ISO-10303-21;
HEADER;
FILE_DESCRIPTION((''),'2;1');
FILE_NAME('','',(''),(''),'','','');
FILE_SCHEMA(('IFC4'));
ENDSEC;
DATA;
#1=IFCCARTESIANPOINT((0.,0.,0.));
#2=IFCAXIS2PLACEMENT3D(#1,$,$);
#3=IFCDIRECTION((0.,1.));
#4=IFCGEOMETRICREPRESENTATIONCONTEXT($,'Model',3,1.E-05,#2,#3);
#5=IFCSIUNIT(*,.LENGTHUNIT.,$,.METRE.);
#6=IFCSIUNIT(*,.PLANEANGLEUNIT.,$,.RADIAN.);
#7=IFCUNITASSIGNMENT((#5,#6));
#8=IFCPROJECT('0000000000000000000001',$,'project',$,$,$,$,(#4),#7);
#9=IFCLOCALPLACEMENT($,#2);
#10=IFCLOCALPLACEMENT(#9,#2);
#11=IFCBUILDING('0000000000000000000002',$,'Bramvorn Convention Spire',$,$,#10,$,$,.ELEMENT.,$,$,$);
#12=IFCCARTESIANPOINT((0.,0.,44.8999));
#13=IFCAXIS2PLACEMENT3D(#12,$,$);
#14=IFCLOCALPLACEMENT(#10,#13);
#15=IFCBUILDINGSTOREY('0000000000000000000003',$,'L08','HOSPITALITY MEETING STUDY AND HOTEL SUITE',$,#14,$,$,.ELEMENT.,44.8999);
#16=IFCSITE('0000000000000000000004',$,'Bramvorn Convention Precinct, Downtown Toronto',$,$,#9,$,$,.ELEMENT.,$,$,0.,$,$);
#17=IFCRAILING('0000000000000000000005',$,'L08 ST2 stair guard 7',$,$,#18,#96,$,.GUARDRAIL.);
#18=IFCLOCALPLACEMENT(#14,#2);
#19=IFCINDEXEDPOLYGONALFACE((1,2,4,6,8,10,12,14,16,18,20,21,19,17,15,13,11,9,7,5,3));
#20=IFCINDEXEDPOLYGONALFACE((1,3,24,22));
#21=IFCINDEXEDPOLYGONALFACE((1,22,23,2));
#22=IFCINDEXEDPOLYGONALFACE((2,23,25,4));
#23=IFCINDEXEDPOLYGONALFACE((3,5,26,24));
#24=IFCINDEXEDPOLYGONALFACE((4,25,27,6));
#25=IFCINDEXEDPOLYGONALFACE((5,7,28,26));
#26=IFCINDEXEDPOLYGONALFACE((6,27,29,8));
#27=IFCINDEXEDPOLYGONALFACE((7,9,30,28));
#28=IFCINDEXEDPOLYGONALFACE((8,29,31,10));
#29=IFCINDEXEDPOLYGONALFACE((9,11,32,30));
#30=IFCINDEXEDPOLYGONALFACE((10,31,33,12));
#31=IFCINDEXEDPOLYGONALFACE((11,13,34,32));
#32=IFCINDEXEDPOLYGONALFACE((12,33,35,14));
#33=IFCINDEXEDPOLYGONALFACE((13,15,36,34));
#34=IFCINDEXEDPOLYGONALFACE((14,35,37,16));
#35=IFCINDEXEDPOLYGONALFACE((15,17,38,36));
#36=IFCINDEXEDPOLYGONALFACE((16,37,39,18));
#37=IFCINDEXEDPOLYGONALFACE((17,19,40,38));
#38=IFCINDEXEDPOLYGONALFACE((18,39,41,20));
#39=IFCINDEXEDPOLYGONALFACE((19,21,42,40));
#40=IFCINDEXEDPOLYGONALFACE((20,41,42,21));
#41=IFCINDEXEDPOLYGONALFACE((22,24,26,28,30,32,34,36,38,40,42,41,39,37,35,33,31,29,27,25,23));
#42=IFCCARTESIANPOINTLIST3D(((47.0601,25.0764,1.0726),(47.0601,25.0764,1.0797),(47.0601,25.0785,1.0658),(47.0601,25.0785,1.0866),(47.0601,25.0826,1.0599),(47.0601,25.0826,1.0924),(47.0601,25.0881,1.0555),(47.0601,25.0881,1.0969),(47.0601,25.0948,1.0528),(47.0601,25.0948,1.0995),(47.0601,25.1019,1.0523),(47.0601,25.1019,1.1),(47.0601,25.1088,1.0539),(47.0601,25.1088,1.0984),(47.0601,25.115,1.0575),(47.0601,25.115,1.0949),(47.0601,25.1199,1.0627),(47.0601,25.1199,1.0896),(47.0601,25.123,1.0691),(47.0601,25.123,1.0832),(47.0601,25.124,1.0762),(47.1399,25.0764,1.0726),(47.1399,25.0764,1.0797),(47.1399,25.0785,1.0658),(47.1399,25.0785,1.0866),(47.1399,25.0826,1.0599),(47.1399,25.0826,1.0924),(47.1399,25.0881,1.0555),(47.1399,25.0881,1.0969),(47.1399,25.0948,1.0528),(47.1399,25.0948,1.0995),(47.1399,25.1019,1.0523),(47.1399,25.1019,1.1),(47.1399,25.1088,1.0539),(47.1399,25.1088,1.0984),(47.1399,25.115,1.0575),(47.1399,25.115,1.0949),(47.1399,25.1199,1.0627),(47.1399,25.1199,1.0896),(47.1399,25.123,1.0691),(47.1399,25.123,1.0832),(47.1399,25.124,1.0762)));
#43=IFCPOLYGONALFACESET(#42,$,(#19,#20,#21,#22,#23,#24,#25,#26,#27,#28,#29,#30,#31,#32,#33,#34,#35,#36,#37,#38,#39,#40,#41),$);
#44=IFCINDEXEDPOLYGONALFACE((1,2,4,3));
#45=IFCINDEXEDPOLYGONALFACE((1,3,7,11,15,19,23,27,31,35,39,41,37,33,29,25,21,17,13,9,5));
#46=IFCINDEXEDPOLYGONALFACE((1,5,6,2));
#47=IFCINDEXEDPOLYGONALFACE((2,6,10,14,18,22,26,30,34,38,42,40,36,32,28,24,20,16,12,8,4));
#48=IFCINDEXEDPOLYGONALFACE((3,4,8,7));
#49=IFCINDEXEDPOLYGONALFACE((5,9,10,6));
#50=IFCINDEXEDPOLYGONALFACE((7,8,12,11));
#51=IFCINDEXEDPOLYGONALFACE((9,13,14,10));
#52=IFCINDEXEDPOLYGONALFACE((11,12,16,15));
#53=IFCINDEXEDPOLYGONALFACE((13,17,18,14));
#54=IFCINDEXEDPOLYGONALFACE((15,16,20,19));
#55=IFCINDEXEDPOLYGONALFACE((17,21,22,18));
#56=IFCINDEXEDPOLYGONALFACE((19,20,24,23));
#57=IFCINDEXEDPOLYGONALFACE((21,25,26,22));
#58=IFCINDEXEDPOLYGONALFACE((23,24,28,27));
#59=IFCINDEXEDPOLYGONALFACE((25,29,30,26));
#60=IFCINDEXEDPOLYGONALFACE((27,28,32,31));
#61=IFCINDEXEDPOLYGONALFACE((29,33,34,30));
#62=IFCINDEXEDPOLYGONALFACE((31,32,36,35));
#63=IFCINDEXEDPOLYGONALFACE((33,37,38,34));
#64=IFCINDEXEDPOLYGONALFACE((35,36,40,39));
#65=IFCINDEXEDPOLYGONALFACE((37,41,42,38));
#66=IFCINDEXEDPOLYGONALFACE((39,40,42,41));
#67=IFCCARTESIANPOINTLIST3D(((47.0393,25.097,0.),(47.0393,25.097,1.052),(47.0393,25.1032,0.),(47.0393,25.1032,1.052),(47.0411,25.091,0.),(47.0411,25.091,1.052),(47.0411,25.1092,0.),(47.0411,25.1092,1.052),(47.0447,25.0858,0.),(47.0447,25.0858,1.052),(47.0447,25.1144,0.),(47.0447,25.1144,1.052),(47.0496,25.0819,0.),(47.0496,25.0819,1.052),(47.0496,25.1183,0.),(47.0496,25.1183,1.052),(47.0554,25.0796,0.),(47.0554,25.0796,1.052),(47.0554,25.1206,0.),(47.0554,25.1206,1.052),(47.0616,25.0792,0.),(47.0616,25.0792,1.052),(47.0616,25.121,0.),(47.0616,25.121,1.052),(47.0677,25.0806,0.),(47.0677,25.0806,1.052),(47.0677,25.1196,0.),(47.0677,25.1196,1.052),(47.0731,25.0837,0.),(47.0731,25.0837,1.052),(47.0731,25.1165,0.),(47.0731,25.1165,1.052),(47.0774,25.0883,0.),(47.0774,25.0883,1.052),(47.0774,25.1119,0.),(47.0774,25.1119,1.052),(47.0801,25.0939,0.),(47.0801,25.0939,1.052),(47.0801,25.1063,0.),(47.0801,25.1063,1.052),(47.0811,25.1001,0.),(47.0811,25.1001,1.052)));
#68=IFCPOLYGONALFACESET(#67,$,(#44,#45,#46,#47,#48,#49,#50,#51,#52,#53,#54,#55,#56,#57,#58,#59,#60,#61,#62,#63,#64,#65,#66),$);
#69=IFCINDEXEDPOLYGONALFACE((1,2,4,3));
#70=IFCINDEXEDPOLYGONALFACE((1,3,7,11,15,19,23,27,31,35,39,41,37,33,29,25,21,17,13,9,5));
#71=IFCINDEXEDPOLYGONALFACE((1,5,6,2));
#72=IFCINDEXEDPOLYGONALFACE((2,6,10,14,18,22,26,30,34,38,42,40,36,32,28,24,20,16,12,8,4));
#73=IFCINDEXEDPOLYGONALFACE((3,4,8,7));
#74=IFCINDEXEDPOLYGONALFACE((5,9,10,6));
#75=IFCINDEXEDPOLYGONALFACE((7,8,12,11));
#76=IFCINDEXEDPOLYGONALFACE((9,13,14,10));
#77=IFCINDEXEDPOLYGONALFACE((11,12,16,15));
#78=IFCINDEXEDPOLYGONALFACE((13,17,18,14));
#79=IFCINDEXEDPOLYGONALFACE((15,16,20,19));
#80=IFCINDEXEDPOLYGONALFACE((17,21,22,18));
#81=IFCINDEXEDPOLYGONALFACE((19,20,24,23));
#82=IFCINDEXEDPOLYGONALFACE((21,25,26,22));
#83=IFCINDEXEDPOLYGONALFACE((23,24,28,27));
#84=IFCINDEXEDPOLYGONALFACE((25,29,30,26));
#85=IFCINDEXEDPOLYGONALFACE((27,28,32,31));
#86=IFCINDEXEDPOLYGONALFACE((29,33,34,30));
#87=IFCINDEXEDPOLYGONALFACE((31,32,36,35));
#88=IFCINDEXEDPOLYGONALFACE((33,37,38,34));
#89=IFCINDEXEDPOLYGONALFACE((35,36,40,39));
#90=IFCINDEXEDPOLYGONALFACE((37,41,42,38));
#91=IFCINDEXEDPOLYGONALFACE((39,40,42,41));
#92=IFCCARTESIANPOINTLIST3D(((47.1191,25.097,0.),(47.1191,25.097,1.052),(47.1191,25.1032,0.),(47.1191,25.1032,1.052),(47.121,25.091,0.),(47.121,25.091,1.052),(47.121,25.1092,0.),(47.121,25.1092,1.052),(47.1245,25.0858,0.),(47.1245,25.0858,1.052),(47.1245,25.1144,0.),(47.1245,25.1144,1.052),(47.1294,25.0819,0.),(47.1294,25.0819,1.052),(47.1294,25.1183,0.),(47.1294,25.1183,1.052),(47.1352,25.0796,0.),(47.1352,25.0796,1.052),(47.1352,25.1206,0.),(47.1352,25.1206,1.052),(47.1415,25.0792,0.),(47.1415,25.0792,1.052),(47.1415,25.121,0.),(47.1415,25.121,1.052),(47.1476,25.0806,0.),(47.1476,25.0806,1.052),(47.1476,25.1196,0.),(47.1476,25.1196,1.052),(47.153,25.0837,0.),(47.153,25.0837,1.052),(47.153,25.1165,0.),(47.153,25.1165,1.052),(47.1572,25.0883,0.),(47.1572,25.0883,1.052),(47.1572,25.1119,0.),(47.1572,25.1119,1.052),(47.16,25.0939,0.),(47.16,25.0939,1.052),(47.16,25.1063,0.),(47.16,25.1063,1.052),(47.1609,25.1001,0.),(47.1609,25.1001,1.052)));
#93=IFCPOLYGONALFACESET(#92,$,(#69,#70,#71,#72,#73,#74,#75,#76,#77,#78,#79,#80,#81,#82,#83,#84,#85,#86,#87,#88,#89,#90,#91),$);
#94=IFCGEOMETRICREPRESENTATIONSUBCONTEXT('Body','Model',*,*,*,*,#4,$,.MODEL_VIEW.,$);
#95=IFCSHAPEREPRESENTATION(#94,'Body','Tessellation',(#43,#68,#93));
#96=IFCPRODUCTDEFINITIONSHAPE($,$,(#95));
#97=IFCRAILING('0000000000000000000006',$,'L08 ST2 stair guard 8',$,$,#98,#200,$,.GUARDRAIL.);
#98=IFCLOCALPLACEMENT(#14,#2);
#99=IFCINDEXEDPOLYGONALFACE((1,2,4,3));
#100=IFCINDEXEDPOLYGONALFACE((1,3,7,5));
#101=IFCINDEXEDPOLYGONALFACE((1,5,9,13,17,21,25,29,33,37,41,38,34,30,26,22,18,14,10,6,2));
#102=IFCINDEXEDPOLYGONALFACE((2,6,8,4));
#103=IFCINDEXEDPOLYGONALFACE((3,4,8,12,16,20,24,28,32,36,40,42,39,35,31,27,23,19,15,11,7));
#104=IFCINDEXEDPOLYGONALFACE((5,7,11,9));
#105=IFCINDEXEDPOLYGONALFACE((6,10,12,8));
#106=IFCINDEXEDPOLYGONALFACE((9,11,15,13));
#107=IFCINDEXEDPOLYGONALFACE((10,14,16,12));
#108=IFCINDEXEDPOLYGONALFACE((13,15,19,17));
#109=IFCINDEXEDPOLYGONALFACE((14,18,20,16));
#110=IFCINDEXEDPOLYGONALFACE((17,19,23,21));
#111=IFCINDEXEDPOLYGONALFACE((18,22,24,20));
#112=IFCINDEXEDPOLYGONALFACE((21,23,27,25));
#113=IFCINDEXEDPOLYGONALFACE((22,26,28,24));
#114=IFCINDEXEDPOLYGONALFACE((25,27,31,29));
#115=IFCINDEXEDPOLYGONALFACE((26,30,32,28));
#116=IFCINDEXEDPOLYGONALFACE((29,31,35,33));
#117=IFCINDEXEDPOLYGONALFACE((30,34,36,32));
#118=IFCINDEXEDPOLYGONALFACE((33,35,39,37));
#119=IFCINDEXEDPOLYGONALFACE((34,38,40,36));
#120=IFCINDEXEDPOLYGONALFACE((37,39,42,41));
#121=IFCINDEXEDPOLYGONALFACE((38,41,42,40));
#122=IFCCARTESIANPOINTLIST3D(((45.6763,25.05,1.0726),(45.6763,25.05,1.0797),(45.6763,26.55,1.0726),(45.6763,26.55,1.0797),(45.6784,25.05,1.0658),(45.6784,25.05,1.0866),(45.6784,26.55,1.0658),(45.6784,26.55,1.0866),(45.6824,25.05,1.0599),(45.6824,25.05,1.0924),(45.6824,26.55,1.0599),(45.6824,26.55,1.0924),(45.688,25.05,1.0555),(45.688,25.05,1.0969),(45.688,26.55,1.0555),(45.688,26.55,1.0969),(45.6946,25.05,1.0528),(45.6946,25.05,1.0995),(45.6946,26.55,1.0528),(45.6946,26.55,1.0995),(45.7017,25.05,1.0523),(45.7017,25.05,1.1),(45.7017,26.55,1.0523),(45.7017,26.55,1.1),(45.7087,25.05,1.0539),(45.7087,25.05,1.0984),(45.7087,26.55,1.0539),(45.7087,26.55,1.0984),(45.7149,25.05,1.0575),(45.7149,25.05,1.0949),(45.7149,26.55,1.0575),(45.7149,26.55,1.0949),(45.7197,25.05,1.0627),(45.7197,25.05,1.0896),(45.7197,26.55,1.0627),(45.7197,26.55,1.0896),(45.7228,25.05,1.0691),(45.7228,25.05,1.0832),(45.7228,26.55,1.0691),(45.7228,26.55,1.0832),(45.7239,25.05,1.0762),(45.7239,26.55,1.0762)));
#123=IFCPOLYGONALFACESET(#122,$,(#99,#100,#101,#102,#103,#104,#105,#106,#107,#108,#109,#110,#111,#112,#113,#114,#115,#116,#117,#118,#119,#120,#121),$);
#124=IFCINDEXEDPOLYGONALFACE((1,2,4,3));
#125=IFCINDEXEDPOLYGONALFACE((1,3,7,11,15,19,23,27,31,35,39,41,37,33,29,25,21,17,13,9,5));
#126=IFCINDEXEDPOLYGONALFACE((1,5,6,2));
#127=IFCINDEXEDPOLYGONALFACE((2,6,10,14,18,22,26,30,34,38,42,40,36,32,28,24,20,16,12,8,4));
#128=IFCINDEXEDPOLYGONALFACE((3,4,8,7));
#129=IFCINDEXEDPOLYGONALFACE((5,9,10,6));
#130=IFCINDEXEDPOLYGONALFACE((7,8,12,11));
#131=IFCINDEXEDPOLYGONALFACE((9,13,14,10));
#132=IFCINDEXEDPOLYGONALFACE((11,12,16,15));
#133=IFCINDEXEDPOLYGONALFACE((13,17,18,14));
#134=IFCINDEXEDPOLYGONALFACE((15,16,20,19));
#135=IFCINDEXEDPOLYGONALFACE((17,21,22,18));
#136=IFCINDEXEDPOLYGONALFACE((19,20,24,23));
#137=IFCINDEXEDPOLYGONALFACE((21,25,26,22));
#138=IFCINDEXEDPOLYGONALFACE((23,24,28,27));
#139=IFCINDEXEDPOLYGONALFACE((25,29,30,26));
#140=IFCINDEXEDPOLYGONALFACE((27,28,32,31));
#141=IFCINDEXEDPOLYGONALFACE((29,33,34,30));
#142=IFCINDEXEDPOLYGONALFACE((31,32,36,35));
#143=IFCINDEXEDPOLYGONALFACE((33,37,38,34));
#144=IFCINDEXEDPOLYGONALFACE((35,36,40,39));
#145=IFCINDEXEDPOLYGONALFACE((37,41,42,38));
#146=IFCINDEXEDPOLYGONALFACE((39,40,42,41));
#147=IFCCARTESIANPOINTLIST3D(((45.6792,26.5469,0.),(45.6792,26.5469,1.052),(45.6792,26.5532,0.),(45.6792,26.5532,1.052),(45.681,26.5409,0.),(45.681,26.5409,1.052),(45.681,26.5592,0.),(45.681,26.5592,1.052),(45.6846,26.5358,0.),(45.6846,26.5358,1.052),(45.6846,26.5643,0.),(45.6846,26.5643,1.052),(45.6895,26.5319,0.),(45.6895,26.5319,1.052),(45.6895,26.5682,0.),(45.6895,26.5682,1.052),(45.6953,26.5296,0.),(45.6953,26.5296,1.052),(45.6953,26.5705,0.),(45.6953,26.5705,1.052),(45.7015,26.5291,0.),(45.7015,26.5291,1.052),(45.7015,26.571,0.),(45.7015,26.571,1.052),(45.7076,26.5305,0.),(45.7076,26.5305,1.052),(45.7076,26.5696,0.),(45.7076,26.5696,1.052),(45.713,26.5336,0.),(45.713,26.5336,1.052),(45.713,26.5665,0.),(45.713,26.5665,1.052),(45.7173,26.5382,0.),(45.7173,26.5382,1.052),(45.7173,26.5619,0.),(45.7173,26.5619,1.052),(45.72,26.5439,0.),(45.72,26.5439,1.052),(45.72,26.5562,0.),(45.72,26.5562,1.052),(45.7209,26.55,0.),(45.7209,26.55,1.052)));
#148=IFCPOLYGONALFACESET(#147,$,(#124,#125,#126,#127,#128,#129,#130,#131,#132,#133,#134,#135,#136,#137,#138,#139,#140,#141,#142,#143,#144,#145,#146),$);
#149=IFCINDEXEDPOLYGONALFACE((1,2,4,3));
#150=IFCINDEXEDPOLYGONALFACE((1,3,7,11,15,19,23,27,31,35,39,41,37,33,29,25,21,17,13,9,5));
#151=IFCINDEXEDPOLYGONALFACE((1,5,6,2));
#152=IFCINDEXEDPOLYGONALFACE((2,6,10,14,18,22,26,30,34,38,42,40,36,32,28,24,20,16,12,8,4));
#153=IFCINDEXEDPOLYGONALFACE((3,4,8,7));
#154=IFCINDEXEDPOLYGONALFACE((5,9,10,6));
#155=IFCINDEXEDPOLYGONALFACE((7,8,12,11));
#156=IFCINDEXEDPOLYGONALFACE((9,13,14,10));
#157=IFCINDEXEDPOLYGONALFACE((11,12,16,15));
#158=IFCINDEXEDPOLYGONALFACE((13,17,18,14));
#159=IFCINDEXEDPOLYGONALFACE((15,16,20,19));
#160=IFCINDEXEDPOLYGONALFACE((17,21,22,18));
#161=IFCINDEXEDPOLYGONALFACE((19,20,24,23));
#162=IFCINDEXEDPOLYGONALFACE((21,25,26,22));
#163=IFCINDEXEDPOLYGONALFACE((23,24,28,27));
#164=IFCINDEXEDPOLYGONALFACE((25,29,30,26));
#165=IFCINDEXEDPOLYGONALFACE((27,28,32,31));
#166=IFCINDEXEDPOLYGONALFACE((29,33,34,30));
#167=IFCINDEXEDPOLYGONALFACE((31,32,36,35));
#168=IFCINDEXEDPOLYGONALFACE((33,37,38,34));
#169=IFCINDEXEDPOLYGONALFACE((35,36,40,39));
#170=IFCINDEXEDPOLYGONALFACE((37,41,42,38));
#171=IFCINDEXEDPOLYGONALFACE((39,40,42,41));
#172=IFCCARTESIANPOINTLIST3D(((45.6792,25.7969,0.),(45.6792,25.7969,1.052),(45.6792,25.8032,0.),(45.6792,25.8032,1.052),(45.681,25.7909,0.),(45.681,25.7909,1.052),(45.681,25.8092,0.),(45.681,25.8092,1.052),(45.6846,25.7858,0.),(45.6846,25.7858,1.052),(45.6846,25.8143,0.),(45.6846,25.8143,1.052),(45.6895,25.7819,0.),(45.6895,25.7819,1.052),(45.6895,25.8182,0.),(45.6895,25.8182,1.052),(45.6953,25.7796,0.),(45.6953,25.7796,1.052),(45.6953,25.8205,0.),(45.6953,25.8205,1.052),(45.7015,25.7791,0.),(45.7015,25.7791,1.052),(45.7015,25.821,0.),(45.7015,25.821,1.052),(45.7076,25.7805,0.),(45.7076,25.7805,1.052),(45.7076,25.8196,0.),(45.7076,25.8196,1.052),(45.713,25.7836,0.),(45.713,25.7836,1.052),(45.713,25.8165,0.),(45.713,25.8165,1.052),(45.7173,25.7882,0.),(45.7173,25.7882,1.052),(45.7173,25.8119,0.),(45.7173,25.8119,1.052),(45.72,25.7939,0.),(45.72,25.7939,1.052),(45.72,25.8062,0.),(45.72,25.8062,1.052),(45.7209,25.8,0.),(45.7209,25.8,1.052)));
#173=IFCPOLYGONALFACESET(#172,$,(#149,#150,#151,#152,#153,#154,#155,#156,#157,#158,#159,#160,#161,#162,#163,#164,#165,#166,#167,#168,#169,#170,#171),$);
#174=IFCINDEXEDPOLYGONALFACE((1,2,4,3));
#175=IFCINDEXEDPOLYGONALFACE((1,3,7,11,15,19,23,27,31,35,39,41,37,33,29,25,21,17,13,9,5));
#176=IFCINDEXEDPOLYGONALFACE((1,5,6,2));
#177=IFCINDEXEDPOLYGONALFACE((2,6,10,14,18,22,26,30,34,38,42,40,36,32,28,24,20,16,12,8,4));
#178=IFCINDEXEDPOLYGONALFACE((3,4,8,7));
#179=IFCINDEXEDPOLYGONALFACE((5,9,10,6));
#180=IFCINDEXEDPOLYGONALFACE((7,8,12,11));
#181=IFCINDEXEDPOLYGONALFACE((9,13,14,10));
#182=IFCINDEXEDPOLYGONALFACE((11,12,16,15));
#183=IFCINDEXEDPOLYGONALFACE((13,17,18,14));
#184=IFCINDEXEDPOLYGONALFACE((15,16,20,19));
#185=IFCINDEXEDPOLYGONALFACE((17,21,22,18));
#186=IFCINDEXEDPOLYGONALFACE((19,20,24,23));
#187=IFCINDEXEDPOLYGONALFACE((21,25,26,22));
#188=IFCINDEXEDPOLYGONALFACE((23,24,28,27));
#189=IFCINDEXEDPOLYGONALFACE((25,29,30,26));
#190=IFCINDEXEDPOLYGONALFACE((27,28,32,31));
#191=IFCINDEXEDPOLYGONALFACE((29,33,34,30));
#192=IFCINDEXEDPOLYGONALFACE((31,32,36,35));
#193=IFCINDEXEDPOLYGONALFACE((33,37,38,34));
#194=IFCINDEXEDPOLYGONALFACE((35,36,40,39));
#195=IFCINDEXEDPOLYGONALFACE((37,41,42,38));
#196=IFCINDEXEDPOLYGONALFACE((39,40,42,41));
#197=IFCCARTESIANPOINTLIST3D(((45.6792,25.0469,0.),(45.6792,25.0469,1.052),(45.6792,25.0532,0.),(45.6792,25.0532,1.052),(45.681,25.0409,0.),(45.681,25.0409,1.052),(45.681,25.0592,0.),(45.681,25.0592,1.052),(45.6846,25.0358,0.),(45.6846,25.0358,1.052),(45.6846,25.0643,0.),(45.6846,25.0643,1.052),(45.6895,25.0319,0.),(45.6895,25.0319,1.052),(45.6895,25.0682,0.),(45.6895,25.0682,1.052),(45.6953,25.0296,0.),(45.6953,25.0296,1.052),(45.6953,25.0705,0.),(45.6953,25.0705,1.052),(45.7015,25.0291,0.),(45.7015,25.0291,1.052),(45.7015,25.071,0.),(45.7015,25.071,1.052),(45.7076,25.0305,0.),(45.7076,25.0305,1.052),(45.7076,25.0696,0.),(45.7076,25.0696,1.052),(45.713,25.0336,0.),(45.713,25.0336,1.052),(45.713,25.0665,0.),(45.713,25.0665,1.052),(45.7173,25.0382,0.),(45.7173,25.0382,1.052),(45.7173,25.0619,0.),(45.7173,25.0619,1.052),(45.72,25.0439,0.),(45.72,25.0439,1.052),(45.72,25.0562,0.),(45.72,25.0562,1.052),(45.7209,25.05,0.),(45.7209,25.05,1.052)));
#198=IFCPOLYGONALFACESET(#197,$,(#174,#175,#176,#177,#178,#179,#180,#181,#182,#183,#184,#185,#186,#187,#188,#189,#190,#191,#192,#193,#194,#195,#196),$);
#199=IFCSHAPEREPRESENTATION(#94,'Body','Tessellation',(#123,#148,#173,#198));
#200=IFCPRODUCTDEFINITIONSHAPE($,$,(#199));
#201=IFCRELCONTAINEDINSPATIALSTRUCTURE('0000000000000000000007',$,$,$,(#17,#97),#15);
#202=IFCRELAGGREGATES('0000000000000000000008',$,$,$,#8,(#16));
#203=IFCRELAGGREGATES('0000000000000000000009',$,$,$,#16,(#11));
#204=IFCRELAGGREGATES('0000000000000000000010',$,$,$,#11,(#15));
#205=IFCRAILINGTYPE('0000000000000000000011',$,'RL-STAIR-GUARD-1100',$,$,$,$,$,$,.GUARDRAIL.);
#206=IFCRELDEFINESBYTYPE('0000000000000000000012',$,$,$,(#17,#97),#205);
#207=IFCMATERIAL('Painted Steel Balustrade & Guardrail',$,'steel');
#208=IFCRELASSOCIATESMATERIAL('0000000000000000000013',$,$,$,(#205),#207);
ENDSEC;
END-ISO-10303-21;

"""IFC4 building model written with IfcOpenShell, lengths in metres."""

from ifc_helpers import new_model, si_unit, direction, frame, origin, origin_2d, place, context, subcontext, project, spatial, circle, extrude, material, type_object, element, save


model = new_model("IFC4")

# Units and contexts
model_context = context("Model", 3, precision=1e-05, world=origin(), true_north=direction((0.0, 1.0)))
body_context = subcontext(model_context, "Body", "Model", "MODEL_VIEW")
ifc_project = project(units=[si_unit("LENGTHUNIT", "METRE"), si_unit("PLANEANGLEUNIT", "RADIAN")], contexts=[model_context])

# Site, building, storey
site_placement = place(None, origin())
site = spatial("IfcSite", under=ifc_project, at=site_placement, Name="Bramvorn Convention Precinct, Downtown Toronto", CompositionType="ELEMENT", RefElevation=0.0)
building_placement = place(site_placement, origin())
building = spatial("IfcBuilding", under=site, at=building_placement, Name="Bramvorn Convention Spire", CompositionType="ELEMENT")
storey_placement = place(building_placement, frame((0.0, 0.0, 44.8999)))
storey = spatial("IfcBuildingStorey", under=building, at=storey_placement, Name="L08", Description="HOSPITALITY MEETING STUDY AND HOTEL SUITE", CompositionType="ELEMENT", Elevation=44.8999)

# Railings
ifc_material_1 = material(Name="Painted Steel Balustrade & Guardrail", Category="steel")
railing_type_1 = type_object("IfcRailingType", Name="RL-STAIR-GUARD-1100", PredefinedType="GUARDRAIL", material=ifc_material_1)
railing_1_placement = place(storey_placement, frame((47.0601, 25.1001, 0.0)))
element("IfcRailing", 1, at=railing_1_placement, inside=storey, type_object=railing_type_1, Name="L08 ST2 stair guard 7", PredefinedType="GUARDRAIL", context=body_context, shape_type="SweptSolid", body=[
    extrude(circle(Radius=0.0239, at=origin_2d()), frame((0.0, 0.0, 1.0762), z_axis=(1.0, 0.0, 0.0), x_axis=(0.0, 1.0, 0.0)), (0.0, 0.0, 1.0), 0.0798),
    extrude(circle(Radius=0.021, at=origin_2d()), origin(), (0.0, 0.0, 1.0), 1.052),
    extrude(circle(Radius=0.021, at=origin_2d()), frame((0.0798, 0.0, 0.0)), (0.0, 0.0, 1.0), 1.052),
])
railing_2_placement = place(storey_placement, frame((45.7, 26.55, 0.0)))
element("IfcRailing", 2, at=railing_2_placement, inside=storey, type_object=railing_type_1, Name="L08 ST2 stair guard 8", PredefinedType="GUARDRAIL", context=body_context, shape_type="SweptSolid", body=[
    extrude(circle(Radius=0.0239, at=origin_2d()), frame((0.0, 0.0, 1.0762), z_axis=(0.0, -1.0, 0.0), x_axis=(1.0, 0.0, 0.0)), (0.0, 0.0, 1.0), 1.5),
    extrude(circle(Radius=0.021, at=origin_2d()), origin(), (0.0, 0.0, 1.0), 1.052),
    extrude(circle(Radius=0.021, at=origin_2d()), frame((0.0, -0.75, 0.0)), (0.0, 0.0, 1.0), 1.052),
    extrude(circle(Radius=0.021, at=origin_2d()), frame((0.0, -1.5, 0.0)), (0.0, 0.0, 1.0), 1.052),
])

save(model, "model.ifc")
